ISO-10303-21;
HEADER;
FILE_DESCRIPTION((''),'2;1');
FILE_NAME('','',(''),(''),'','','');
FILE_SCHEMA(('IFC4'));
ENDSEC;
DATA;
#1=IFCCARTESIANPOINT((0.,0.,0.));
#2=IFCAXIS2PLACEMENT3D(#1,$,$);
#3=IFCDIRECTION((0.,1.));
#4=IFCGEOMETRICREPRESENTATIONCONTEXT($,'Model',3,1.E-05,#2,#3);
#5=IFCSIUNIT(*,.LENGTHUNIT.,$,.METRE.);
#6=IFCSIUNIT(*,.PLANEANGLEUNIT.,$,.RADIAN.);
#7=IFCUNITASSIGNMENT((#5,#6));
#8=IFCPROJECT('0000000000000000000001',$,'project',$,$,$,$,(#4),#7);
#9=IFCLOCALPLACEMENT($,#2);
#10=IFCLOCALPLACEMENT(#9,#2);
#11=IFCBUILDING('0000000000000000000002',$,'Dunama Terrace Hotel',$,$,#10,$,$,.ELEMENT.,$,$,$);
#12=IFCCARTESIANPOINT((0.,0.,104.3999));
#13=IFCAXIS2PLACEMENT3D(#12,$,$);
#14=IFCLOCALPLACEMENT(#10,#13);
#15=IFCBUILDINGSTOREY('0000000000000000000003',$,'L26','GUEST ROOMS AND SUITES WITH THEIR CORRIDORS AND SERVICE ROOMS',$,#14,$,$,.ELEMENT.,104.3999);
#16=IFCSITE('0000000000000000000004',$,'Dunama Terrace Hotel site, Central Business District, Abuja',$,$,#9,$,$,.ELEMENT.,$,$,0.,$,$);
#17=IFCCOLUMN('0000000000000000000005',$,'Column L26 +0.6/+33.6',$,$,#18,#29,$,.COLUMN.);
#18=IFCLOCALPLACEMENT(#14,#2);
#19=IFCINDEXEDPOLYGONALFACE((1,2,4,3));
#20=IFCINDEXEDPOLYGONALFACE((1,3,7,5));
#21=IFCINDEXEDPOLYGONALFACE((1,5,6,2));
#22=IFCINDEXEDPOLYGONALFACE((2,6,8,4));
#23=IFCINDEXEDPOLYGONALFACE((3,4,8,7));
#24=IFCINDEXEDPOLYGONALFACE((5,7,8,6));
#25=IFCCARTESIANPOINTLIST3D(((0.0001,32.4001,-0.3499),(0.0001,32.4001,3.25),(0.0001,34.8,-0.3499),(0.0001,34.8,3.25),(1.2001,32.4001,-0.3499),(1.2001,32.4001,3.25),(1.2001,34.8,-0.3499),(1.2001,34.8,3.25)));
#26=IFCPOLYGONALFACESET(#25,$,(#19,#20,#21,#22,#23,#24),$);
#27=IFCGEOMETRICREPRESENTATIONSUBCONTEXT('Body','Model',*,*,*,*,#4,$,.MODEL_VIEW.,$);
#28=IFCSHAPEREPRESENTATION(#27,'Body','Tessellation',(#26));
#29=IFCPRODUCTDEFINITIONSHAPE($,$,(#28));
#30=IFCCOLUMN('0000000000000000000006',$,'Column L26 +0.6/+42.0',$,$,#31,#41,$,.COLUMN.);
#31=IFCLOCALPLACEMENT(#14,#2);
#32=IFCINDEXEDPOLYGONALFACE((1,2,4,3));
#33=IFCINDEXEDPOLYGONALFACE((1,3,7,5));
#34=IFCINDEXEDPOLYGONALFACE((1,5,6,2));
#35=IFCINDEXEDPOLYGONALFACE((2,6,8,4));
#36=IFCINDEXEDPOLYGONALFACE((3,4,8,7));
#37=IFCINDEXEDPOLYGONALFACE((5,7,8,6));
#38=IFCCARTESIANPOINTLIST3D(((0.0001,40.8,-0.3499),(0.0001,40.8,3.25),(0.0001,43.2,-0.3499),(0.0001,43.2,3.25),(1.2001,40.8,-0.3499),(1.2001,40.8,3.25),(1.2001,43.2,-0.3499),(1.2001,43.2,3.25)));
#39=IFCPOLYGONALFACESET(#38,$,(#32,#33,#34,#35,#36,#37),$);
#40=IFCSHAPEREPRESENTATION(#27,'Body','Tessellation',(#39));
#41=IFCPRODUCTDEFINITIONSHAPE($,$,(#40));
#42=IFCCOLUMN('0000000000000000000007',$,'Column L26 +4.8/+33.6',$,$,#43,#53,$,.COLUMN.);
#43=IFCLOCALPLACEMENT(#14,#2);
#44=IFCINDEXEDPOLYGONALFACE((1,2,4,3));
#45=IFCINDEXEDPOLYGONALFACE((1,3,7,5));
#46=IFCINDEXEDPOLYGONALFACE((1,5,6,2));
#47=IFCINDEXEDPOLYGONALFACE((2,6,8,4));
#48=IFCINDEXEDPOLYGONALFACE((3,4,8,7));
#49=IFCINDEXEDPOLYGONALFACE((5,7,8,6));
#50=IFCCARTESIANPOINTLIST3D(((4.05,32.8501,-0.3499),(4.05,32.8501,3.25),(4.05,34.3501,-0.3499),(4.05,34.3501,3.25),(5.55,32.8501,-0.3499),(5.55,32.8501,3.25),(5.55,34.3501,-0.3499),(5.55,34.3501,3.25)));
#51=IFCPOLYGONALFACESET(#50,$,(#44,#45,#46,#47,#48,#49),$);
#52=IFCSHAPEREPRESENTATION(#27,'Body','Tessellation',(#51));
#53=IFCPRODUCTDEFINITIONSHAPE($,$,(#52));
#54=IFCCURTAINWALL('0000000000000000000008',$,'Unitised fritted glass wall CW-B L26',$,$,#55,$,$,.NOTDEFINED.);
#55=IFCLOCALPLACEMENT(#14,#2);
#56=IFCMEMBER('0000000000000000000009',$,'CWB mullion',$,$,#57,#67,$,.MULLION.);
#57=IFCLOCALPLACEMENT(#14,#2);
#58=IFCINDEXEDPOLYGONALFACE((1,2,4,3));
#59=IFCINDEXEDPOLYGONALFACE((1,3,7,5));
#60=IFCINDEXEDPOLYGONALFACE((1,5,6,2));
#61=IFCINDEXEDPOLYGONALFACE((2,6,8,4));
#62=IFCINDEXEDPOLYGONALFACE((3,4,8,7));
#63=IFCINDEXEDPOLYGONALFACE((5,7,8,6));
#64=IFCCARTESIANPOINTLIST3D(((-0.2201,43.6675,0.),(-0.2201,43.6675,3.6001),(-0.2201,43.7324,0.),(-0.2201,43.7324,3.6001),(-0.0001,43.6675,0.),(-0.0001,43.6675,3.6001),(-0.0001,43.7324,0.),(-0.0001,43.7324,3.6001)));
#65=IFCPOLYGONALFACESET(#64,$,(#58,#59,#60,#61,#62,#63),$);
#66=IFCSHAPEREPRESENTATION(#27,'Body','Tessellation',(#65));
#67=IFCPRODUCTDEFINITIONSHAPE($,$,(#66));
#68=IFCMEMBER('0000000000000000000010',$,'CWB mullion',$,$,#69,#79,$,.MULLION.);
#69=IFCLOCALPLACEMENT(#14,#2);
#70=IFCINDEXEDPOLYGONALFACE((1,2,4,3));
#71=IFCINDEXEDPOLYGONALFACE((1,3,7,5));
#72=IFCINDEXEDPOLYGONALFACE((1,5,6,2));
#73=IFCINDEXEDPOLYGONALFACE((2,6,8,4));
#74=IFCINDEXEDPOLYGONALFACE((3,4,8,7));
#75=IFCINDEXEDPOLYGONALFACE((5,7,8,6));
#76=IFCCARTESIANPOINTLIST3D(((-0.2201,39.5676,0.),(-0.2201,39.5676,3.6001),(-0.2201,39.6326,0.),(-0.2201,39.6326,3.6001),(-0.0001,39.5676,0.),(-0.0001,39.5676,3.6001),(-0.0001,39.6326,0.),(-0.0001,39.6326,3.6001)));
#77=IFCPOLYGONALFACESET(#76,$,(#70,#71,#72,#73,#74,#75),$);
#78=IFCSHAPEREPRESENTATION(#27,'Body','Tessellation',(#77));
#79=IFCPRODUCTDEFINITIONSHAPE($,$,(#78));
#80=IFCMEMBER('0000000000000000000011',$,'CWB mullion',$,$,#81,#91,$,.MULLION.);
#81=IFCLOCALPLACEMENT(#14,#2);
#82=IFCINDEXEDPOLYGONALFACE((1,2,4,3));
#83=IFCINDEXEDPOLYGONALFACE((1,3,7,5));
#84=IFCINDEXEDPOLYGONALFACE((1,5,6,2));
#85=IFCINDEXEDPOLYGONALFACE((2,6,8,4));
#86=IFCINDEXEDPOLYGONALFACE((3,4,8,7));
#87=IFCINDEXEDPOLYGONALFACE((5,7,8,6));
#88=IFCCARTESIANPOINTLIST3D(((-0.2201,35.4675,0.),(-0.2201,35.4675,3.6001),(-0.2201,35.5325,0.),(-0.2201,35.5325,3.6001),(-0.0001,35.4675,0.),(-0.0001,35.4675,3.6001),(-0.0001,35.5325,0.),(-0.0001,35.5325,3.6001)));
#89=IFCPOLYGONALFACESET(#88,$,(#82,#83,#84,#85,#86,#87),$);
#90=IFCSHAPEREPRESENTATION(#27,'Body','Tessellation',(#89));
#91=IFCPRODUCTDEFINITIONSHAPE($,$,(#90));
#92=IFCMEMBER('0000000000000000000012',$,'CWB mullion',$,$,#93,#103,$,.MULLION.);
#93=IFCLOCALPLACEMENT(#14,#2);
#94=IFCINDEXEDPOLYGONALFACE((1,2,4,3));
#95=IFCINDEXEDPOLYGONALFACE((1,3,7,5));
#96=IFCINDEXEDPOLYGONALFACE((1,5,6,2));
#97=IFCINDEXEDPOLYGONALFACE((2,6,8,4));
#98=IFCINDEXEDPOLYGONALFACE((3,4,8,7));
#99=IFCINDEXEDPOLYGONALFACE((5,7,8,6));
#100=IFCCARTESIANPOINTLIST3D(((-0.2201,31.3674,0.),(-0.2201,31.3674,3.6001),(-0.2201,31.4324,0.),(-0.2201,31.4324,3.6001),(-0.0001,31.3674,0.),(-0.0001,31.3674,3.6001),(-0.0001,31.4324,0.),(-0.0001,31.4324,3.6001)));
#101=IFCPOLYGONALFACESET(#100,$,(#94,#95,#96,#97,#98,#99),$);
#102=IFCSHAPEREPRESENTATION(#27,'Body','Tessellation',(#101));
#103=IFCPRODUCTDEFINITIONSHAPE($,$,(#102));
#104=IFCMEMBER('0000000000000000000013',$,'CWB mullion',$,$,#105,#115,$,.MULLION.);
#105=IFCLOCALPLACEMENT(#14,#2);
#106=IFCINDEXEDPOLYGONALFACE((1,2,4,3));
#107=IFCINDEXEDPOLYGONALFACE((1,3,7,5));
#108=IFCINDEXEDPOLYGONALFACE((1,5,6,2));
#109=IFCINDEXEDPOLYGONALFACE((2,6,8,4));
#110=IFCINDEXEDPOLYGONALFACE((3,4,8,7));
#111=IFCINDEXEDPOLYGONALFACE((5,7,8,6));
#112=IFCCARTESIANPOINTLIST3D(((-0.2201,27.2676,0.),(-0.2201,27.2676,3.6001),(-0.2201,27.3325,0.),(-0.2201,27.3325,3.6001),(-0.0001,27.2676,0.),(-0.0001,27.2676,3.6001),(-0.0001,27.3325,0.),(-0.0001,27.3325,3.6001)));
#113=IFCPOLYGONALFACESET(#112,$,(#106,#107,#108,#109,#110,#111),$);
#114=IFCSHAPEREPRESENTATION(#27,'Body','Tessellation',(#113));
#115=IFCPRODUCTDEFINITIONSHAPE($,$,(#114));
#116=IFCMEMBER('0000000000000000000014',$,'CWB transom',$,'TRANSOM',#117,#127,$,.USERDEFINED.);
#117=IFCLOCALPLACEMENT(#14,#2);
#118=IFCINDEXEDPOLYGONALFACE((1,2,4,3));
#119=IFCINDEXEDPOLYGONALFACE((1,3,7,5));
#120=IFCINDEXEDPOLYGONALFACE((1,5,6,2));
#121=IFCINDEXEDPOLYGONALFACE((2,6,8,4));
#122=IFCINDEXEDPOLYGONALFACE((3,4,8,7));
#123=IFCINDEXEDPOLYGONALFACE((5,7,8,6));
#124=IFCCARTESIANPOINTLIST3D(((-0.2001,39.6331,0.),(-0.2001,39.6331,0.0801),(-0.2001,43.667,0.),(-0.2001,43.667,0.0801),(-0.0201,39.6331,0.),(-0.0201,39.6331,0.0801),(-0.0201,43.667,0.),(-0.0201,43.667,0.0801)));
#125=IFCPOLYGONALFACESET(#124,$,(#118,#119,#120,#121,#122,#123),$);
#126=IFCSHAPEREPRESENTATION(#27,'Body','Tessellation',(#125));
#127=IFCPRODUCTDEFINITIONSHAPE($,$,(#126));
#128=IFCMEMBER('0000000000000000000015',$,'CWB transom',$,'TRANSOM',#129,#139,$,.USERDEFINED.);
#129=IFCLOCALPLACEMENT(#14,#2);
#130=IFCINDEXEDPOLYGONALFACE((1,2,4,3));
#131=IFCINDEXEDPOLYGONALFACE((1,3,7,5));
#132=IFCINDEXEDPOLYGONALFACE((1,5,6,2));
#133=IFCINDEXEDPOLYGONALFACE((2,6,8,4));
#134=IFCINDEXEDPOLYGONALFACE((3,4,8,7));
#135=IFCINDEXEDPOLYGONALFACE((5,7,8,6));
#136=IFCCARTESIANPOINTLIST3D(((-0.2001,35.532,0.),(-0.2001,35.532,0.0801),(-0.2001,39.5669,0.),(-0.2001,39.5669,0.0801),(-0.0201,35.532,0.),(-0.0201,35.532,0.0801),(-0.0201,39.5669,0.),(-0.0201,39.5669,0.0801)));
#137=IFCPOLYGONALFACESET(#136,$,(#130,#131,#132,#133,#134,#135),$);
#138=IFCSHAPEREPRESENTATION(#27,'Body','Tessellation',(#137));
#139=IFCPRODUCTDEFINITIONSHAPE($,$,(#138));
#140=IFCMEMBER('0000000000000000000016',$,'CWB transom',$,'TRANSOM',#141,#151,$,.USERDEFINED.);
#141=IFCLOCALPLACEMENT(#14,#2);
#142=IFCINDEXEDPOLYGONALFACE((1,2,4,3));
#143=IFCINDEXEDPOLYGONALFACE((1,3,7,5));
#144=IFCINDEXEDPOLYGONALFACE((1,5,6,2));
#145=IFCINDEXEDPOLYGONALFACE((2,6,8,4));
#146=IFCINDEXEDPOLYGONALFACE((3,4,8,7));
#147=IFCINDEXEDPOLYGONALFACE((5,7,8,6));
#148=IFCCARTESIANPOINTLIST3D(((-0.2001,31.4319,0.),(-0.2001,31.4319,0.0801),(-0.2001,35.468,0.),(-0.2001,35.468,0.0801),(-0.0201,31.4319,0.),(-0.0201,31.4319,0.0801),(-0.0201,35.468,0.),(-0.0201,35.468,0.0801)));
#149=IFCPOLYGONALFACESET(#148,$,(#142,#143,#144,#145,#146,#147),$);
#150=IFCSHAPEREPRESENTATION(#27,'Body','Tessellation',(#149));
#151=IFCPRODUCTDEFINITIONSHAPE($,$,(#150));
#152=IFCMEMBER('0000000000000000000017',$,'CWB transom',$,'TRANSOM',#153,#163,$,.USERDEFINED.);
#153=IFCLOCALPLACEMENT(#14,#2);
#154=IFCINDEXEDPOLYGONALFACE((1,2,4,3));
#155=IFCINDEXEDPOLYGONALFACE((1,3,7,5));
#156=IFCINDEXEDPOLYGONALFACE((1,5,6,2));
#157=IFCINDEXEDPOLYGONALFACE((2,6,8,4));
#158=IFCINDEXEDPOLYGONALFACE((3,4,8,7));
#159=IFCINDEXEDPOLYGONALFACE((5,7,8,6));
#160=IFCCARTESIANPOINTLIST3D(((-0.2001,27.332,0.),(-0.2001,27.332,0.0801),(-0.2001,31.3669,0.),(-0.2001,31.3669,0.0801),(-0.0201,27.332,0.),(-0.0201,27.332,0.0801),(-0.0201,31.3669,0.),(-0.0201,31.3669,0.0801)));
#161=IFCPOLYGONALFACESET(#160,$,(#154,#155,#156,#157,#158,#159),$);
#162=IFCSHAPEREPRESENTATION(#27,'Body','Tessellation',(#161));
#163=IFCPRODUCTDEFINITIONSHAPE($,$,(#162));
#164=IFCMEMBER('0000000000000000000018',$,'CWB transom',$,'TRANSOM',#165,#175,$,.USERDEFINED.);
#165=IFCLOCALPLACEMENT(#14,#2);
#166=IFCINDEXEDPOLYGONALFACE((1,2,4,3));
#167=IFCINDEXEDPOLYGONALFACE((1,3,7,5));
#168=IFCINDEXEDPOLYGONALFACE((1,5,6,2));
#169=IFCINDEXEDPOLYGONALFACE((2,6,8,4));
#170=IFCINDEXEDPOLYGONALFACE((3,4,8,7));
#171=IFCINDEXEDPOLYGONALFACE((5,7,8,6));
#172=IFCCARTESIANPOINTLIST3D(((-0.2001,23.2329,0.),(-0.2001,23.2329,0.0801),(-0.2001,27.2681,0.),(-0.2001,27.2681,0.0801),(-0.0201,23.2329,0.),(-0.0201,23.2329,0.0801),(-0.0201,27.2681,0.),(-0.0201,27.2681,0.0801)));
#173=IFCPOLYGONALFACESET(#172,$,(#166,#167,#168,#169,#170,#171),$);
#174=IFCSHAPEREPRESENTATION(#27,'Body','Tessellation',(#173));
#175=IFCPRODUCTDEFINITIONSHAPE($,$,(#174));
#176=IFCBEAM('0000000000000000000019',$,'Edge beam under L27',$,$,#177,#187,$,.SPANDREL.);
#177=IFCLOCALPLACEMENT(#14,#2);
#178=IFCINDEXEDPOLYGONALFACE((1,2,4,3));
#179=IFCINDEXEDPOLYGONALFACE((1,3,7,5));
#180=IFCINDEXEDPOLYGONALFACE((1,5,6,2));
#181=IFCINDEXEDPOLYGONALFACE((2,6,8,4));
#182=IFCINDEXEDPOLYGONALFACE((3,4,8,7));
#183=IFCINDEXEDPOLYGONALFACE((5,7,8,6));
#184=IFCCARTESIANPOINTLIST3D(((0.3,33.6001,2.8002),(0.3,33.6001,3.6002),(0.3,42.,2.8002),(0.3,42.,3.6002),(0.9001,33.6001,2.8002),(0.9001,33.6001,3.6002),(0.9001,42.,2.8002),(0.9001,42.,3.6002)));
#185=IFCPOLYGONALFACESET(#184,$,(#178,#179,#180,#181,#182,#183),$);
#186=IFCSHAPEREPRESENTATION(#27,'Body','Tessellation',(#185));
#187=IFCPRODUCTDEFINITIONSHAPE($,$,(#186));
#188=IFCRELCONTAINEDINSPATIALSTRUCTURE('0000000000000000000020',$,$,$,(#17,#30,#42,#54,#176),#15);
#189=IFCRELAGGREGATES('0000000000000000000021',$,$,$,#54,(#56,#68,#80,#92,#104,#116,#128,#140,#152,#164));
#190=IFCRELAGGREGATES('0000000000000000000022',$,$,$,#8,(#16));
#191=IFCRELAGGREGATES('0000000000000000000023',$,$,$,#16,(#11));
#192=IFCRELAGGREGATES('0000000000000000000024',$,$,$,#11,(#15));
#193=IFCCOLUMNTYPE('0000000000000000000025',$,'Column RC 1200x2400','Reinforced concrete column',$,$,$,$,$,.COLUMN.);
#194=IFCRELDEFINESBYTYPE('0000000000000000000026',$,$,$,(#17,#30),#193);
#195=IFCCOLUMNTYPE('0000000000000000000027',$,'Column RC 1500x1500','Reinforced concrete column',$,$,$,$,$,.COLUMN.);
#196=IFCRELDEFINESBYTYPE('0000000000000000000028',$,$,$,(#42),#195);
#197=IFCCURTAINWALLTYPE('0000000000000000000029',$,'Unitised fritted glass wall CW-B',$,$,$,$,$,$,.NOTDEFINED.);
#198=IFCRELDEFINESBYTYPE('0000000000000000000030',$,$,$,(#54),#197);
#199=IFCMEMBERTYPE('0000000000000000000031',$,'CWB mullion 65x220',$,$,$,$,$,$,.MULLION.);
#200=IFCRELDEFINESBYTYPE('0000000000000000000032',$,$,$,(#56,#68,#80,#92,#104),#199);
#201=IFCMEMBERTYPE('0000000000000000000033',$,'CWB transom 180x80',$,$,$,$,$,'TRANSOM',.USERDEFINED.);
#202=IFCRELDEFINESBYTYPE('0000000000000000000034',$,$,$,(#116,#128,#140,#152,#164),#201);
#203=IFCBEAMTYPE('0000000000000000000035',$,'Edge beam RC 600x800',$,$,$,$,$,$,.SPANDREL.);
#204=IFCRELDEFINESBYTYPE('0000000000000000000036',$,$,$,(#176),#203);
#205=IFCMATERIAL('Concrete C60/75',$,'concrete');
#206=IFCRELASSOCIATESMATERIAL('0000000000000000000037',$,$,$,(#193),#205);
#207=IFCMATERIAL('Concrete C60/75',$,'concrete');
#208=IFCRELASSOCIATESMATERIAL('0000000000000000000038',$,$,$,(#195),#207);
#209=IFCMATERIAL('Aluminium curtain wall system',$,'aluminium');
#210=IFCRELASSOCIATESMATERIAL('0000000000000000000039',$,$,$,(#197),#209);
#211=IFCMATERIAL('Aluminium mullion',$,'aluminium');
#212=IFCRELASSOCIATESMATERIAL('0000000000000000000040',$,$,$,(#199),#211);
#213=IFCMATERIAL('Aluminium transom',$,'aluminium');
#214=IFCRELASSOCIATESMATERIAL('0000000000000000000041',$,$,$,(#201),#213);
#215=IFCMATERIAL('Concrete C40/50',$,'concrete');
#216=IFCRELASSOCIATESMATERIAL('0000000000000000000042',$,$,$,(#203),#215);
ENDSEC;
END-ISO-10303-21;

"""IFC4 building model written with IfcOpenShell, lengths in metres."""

from ifc_helpers import new_model, si_unit, direction, frame, origin, origin_2d, place, context, subcontext, project, spatial, rectangle, extrude, material, material_profile, profile_set, type_object, element, aggregate, save


model = new_model("IFC4")

# Units and contexts
model_context = context("Model", 3, precision=1e-05, world=origin(), true_north=direction((0.0, 1.0)))
body_context = subcontext(model_context, "Body", "Model", "MODEL_VIEW")
ifc_project = project(units=[si_unit("LENGTHUNIT", "METRE"), si_unit("PLANEANGLEUNIT", "RADIAN")], contexts=[model_context])

# Site, building, storey
site_placement = place(None, origin())
site = spatial("IfcSite", under=ifc_project, at=site_placement, Name="Dunama Terrace Hotel site, Central Business District, Abuja", CompositionType="ELEMENT", RefElevation=0.0)
building_placement = place(site_placement, origin())
building = spatial("IfcBuilding", under=site, at=building_placement, Name="Dunama Terrace Hotel", CompositionType="ELEMENT")
storey_placement = place(building_placement, frame((0.0, 0.0, 104.3999)))
storey = spatial("IfcBuildingStorey", under=building, at=storey_placement, Name="L26", Description="GUEST ROOMS AND SUITES WITH THEIR CORRIDORS AND SERVICE ROOMS", CompositionType="ELEMENT", Elevation=104.3999)

# Columns
ifc_material_1 = material(Name="Concrete C60/75", Category="concrete")
ifc_material_profile_1 = material_profile(ifc_material_1, rectangle(XDim=1.2, YDim=2.3999, at=origin_2d()), Name="RC 1200x2400")
ifc_profile_set_1 = profile_set([ifc_material_profile_1], Name="Concrete C60/75")
column_type_1 = type_object("IfcColumnType", Name="Column RC 1200x2400", Description="Reinforced concrete column", PredefinedType="COLUMN", material=ifc_profile_set_1)
for number, where, z_axis, x_axis, name in (
    (1, (0.6001, 33.6001, -0.3499), (0.0, 0.0, 1.0), (1.0, 0.0, 0.0), "Column L26 +0.6/+33.6"),
    (2, (0.6001, 42.0, -0.3499), (0.0, 0.0, 1.0), (1.0, 0.0, 0.0), "Column L26 +0.6/+42.0"),
):
    element("IfcColumn", number, at=place(storey_placement, frame(where, z_axis=z_axis, x_axis=x_axis)), inside=storey, type_object=column_type_1, Name=name, PredefinedType="COLUMN", context=body_context, shape_type="SweptSolid", body=[
        extrude(rectangle(XDim=1.2, YDim=2.3999, at=origin_2d()), origin(), (0.0, 0.0, 1.0), 3.5999),
    ])
ifc_material_2 = material(Name="Concrete C60/75", Category="concrete")
ifc_material_profile_2 = material_profile(ifc_material_2, rectangle(XDim=1.5, YDim=1.5, at=origin_2d()), Name="RC 1500x1500")
ifc_profile_set_2 = profile_set([ifc_material_profile_2], Name="Concrete C60/75")
column_type_2 = type_object("IfcColumnType", Name="Column RC 1500x1500", Description="Reinforced concrete column", PredefinedType="COLUMN", material=ifc_profile_set_2)
column_placement = place(storey_placement, frame((4.8, 33.6001, -0.3499), z_axis=(0.0, 0.0, 1.0), x_axis=(1.0, 0.0, 0.0)))
element("IfcColumn", 3, at=column_placement, inside=storey, type_object=column_type_2, Name="Column L26 +4.8/+33.6", PredefinedType="COLUMN", context=body_context, shape_type="SweptSolid", body=[
    extrude(rectangle(XDim=1.5, YDim=1.5, at=origin_2d()), origin(), (0.0, 0.0, 1.0), 3.5999),
])

# Curtain wall, members
ifc_material_3 = material(Name="Aluminium curtain wall system", Category="aluminium")
curtain_wall_type = type_object("IfcCurtainWallType", Name="Unitised fritted glass wall CW-B", PredefinedType="NOTDEFINED", material=ifc_material_3)
curtain_wall_placement = place(storey_placement, origin())
curtain_wall = element("IfcCurtainWall", 4, at=curtain_wall_placement, inside=storey, type_object=curtain_wall_type, Name="Unitised fritted glass wall CW-B L26", PredefinedType="NOTDEFINED")
ifc_material_4 = material(Name="Aluminium mullion", Category="aluminium")
ifc_material_profile_3 = material_profile(ifc_material_4, rectangle(XDim=0.0649, YDim=0.22, at=origin_2d()), Name="CWB MULLION 65X220")
ifc_profile_set_3 = profile_set([ifc_material_profile_3], Name="Aluminium mullion")
member_type_1 = type_object("IfcMemberType", Name="CWB mullion 65x220", PredefinedType="MULLION", material=ifc_profile_set_3)
member_1_placement = place(storey_placement, frame((-0.1101, 43.7, 0.0), z_axis=(0.0, 0.0, 1.0), x_axis=(0.0, -1.0, 0.0)))
member_1 = element("IfcMember", 5, at=member_1_placement, type_object=member_type_1, Name="CWB mullion", PredefinedType="MULLION", context=body_context, shape_type="SweptSolid", body=[
    extrude(rectangle(XDim=0.0649, YDim=0.22, at=origin_2d()), origin(), (0.0, 0.0, 1.0), 3.6001),
])
member_2_placement = place(storey_placement, frame((-0.1101, 39.6001, 0.0), z_axis=(0.0, 0.0, 1.0), x_axis=(0.0, -1.0, 0.0)))
member_2 = element("IfcMember", 6, at=member_2_placement, type_object=member_type_1, Name="CWB mullion", PredefinedType="MULLION", context=body_context, shape_type="SweptSolid", body=[
    extrude(rectangle(XDim=0.0649, YDim=0.22, at=origin_2d()), origin(), (0.0, 0.0, 1.0), 3.6001),
])
member_3_placement = place(storey_placement, frame((-0.1101, 35.5, 0.0), z_axis=(0.0, 0.0, 1.0), x_axis=(0.0, -1.0, 0.0)))
member_3 = element("IfcMember", 7, at=member_3_placement, type_object=member_type_1, Name="CWB mullion", PredefinedType="MULLION", context=body_context, shape_type="SweptSolid", body=[
    extrude(rectangle(XDim=0.0649, YDim=0.22, at=origin_2d()), origin(), (0.0, 0.0, 1.0), 3.6001),
])
member_4_placement = place(storey_placement, frame((-0.1101, 31.3999, 0.0), z_axis=(0.0, 0.0, 1.0), x_axis=(0.0, -1.0, 0.0)))
member_4 = element("IfcMember", 8, at=member_4_placement, type_object=member_type_1, Name="CWB mullion", PredefinedType="MULLION", context=body_context, shape_type="SweptSolid", body=[
    extrude(rectangle(XDim=0.0649, YDim=0.22, at=origin_2d()), origin(), (0.0, 0.0, 1.0), 3.6001),
])
member_5_placement = place(storey_placement, frame((-0.1101, 27.3, 0.0), z_axis=(0.0, 0.0, 1.0), x_axis=(0.0, -1.0, 0.0)))
member_5 = element("IfcMember", 9, at=member_5_placement, type_object=member_type_1, Name="CWB mullion", PredefinedType="MULLION", context=body_context, shape_type="SweptSolid", body=[
    extrude(rectangle(XDim=0.0649, YDim=0.22, at=origin_2d()), origin(), (0.0, 0.0, 1.0), 3.6001),
])
ifc_material_5 = material(Name="Aluminium transom", Category="aluminium")
ifc_material_profile_4 = material_profile(ifc_material_5, rectangle(XDim=0.1799, YDim=0.0801, at=origin_2d()), Name="CWB TRANSOM 180X80")
ifc_profile_set_4 = profile_set([ifc_material_profile_4], Name="Aluminium transom")
member_type_2 = type_object("IfcMemberType", Name="CWB transom 180x80", ElementType="TRANSOM", PredefinedType="USERDEFINED", material=ifc_profile_set_4)
member_6_placement = place(storey_placement, frame((-0.1101, 43.667, 0.04), z_axis=(0.0, -1.0, 0.0), x_axis=(1.0, 0.0, 0.0)))
member_6 = element("IfcMember", 10, at=member_6_placement, type_object=member_type_2, Name="CWB transom", ObjectType="TRANSOM", PredefinedType="USERDEFINED", context=body_context, shape_type="SweptSolid", body=[
    extrude(rectangle(XDim=0.1799, YDim=0.0801, at=origin_2d()), origin(), (0.0, 0.0, 1.0), 4.0339),
])
member_7_placement = place(storey_placement, frame((-0.1101, 39.5669, 0.04), z_axis=(0.0, -1.0, 0.0), x_axis=(1.0, 0.0, 0.0)))
member_7 = element("IfcMember", 11, at=member_7_placement, type_object=member_type_2, Name="CWB transom", ObjectType="TRANSOM", PredefinedType="USERDEFINED", context=body_context, shape_type="SweptSolid", body=[
    extrude(rectangle(XDim=0.1799, YDim=0.0801, at=origin_2d()), origin(), (0.0, 0.0, 1.0), 4.0349),
])
member_8_placement = place(storey_placement, frame((-0.1101, 35.468, 0.04), z_axis=(0.0, -1.0, 0.0), x_axis=(1.0, 0.0, 0.0)))
member_8 = element("IfcMember", 12, at=member_8_placement, type_object=member_type_2, Name="CWB transom", ObjectType="TRANSOM", PredefinedType="USERDEFINED", context=body_context, shape_type="SweptSolid", body=[
    extrude(rectangle(XDim=0.1799, YDim=0.0801, at=origin_2d()), origin(), (0.0, 0.0, 1.0), 4.0361),
])
member_9_placement = place(storey_placement, frame((-0.1101, 31.3669, 0.04), z_axis=(0.0, -1.0, 0.0), x_axis=(1.0, 0.0, 0.0)))
member_9 = element("IfcMember", 13, at=member_9_placement, type_object=member_type_2, Name="CWB transom", ObjectType="TRANSOM", PredefinedType="USERDEFINED", context=body_context, shape_type="SweptSolid", body=[
    extrude(rectangle(XDim=0.1799, YDim=0.0801, at=origin_2d()), origin(), (0.0, 0.0, 1.0), 4.0349),
])
member_10_placement = place(storey_placement, frame((-0.1101, 27.2681, 0.04), z_axis=(0.0, -1.0, 0.0), x_axis=(1.0, 0.0, 0.0)))
member_10 = element("IfcMember", 14, at=member_10_placement, type_object=member_type_2, Name="CWB transom", ObjectType="TRANSOM", PredefinedType="USERDEFINED", context=body_context, shape_type="SweptSolid", body=[
    extrude(rectangle(XDim=0.1799, YDim=0.0801, at=origin_2d()), origin(), (0.0, 0.0, 1.0), 4.0352),
])

# Beam
ifc_material_6 = material(Name="Concrete C40/50", Category="concrete")
ifc_material_profile_5 = material_profile(ifc_material_6, rectangle(XDim=0.6001, YDim=0.8, at=origin_2d()), Name="RC 600x800")
ifc_profile_set_5 = profile_set([ifc_material_profile_5], Name="Concrete C40/50")
beam_type = type_object("IfcBeamType", Name="Edge beam RC 600x800", PredefinedType="SPANDREL", material=ifc_profile_set_5)
for number, where, z_axis, x_axis, name in (
    (15, (0.6001, 33.6001, 3.2002), (0.0, 1.0, 0.0), (-1.0, 0.0, 0.0), "Edge beam under L27"),
):
    element("IfcBeam", number, at=place(storey_placement, frame(where, z_axis=z_axis, x_axis=x_axis)), inside=storey, type_object=beam_type, Name=name, PredefinedType="SPANDREL", context=body_context, shape_type="SweptSolid", body=[
        extrude(rectangle(XDim=0.6001, YDim=0.8, at=origin_2d()), origin(), (0.0, 0.0, 1.0), 8.3999),
    ])

aggregate(curtain_wall, [member_1, member_2, member_3, member_4, member_5, member_6, member_7, member_8, member_9, member_10])

save(model, "model.ifc")
